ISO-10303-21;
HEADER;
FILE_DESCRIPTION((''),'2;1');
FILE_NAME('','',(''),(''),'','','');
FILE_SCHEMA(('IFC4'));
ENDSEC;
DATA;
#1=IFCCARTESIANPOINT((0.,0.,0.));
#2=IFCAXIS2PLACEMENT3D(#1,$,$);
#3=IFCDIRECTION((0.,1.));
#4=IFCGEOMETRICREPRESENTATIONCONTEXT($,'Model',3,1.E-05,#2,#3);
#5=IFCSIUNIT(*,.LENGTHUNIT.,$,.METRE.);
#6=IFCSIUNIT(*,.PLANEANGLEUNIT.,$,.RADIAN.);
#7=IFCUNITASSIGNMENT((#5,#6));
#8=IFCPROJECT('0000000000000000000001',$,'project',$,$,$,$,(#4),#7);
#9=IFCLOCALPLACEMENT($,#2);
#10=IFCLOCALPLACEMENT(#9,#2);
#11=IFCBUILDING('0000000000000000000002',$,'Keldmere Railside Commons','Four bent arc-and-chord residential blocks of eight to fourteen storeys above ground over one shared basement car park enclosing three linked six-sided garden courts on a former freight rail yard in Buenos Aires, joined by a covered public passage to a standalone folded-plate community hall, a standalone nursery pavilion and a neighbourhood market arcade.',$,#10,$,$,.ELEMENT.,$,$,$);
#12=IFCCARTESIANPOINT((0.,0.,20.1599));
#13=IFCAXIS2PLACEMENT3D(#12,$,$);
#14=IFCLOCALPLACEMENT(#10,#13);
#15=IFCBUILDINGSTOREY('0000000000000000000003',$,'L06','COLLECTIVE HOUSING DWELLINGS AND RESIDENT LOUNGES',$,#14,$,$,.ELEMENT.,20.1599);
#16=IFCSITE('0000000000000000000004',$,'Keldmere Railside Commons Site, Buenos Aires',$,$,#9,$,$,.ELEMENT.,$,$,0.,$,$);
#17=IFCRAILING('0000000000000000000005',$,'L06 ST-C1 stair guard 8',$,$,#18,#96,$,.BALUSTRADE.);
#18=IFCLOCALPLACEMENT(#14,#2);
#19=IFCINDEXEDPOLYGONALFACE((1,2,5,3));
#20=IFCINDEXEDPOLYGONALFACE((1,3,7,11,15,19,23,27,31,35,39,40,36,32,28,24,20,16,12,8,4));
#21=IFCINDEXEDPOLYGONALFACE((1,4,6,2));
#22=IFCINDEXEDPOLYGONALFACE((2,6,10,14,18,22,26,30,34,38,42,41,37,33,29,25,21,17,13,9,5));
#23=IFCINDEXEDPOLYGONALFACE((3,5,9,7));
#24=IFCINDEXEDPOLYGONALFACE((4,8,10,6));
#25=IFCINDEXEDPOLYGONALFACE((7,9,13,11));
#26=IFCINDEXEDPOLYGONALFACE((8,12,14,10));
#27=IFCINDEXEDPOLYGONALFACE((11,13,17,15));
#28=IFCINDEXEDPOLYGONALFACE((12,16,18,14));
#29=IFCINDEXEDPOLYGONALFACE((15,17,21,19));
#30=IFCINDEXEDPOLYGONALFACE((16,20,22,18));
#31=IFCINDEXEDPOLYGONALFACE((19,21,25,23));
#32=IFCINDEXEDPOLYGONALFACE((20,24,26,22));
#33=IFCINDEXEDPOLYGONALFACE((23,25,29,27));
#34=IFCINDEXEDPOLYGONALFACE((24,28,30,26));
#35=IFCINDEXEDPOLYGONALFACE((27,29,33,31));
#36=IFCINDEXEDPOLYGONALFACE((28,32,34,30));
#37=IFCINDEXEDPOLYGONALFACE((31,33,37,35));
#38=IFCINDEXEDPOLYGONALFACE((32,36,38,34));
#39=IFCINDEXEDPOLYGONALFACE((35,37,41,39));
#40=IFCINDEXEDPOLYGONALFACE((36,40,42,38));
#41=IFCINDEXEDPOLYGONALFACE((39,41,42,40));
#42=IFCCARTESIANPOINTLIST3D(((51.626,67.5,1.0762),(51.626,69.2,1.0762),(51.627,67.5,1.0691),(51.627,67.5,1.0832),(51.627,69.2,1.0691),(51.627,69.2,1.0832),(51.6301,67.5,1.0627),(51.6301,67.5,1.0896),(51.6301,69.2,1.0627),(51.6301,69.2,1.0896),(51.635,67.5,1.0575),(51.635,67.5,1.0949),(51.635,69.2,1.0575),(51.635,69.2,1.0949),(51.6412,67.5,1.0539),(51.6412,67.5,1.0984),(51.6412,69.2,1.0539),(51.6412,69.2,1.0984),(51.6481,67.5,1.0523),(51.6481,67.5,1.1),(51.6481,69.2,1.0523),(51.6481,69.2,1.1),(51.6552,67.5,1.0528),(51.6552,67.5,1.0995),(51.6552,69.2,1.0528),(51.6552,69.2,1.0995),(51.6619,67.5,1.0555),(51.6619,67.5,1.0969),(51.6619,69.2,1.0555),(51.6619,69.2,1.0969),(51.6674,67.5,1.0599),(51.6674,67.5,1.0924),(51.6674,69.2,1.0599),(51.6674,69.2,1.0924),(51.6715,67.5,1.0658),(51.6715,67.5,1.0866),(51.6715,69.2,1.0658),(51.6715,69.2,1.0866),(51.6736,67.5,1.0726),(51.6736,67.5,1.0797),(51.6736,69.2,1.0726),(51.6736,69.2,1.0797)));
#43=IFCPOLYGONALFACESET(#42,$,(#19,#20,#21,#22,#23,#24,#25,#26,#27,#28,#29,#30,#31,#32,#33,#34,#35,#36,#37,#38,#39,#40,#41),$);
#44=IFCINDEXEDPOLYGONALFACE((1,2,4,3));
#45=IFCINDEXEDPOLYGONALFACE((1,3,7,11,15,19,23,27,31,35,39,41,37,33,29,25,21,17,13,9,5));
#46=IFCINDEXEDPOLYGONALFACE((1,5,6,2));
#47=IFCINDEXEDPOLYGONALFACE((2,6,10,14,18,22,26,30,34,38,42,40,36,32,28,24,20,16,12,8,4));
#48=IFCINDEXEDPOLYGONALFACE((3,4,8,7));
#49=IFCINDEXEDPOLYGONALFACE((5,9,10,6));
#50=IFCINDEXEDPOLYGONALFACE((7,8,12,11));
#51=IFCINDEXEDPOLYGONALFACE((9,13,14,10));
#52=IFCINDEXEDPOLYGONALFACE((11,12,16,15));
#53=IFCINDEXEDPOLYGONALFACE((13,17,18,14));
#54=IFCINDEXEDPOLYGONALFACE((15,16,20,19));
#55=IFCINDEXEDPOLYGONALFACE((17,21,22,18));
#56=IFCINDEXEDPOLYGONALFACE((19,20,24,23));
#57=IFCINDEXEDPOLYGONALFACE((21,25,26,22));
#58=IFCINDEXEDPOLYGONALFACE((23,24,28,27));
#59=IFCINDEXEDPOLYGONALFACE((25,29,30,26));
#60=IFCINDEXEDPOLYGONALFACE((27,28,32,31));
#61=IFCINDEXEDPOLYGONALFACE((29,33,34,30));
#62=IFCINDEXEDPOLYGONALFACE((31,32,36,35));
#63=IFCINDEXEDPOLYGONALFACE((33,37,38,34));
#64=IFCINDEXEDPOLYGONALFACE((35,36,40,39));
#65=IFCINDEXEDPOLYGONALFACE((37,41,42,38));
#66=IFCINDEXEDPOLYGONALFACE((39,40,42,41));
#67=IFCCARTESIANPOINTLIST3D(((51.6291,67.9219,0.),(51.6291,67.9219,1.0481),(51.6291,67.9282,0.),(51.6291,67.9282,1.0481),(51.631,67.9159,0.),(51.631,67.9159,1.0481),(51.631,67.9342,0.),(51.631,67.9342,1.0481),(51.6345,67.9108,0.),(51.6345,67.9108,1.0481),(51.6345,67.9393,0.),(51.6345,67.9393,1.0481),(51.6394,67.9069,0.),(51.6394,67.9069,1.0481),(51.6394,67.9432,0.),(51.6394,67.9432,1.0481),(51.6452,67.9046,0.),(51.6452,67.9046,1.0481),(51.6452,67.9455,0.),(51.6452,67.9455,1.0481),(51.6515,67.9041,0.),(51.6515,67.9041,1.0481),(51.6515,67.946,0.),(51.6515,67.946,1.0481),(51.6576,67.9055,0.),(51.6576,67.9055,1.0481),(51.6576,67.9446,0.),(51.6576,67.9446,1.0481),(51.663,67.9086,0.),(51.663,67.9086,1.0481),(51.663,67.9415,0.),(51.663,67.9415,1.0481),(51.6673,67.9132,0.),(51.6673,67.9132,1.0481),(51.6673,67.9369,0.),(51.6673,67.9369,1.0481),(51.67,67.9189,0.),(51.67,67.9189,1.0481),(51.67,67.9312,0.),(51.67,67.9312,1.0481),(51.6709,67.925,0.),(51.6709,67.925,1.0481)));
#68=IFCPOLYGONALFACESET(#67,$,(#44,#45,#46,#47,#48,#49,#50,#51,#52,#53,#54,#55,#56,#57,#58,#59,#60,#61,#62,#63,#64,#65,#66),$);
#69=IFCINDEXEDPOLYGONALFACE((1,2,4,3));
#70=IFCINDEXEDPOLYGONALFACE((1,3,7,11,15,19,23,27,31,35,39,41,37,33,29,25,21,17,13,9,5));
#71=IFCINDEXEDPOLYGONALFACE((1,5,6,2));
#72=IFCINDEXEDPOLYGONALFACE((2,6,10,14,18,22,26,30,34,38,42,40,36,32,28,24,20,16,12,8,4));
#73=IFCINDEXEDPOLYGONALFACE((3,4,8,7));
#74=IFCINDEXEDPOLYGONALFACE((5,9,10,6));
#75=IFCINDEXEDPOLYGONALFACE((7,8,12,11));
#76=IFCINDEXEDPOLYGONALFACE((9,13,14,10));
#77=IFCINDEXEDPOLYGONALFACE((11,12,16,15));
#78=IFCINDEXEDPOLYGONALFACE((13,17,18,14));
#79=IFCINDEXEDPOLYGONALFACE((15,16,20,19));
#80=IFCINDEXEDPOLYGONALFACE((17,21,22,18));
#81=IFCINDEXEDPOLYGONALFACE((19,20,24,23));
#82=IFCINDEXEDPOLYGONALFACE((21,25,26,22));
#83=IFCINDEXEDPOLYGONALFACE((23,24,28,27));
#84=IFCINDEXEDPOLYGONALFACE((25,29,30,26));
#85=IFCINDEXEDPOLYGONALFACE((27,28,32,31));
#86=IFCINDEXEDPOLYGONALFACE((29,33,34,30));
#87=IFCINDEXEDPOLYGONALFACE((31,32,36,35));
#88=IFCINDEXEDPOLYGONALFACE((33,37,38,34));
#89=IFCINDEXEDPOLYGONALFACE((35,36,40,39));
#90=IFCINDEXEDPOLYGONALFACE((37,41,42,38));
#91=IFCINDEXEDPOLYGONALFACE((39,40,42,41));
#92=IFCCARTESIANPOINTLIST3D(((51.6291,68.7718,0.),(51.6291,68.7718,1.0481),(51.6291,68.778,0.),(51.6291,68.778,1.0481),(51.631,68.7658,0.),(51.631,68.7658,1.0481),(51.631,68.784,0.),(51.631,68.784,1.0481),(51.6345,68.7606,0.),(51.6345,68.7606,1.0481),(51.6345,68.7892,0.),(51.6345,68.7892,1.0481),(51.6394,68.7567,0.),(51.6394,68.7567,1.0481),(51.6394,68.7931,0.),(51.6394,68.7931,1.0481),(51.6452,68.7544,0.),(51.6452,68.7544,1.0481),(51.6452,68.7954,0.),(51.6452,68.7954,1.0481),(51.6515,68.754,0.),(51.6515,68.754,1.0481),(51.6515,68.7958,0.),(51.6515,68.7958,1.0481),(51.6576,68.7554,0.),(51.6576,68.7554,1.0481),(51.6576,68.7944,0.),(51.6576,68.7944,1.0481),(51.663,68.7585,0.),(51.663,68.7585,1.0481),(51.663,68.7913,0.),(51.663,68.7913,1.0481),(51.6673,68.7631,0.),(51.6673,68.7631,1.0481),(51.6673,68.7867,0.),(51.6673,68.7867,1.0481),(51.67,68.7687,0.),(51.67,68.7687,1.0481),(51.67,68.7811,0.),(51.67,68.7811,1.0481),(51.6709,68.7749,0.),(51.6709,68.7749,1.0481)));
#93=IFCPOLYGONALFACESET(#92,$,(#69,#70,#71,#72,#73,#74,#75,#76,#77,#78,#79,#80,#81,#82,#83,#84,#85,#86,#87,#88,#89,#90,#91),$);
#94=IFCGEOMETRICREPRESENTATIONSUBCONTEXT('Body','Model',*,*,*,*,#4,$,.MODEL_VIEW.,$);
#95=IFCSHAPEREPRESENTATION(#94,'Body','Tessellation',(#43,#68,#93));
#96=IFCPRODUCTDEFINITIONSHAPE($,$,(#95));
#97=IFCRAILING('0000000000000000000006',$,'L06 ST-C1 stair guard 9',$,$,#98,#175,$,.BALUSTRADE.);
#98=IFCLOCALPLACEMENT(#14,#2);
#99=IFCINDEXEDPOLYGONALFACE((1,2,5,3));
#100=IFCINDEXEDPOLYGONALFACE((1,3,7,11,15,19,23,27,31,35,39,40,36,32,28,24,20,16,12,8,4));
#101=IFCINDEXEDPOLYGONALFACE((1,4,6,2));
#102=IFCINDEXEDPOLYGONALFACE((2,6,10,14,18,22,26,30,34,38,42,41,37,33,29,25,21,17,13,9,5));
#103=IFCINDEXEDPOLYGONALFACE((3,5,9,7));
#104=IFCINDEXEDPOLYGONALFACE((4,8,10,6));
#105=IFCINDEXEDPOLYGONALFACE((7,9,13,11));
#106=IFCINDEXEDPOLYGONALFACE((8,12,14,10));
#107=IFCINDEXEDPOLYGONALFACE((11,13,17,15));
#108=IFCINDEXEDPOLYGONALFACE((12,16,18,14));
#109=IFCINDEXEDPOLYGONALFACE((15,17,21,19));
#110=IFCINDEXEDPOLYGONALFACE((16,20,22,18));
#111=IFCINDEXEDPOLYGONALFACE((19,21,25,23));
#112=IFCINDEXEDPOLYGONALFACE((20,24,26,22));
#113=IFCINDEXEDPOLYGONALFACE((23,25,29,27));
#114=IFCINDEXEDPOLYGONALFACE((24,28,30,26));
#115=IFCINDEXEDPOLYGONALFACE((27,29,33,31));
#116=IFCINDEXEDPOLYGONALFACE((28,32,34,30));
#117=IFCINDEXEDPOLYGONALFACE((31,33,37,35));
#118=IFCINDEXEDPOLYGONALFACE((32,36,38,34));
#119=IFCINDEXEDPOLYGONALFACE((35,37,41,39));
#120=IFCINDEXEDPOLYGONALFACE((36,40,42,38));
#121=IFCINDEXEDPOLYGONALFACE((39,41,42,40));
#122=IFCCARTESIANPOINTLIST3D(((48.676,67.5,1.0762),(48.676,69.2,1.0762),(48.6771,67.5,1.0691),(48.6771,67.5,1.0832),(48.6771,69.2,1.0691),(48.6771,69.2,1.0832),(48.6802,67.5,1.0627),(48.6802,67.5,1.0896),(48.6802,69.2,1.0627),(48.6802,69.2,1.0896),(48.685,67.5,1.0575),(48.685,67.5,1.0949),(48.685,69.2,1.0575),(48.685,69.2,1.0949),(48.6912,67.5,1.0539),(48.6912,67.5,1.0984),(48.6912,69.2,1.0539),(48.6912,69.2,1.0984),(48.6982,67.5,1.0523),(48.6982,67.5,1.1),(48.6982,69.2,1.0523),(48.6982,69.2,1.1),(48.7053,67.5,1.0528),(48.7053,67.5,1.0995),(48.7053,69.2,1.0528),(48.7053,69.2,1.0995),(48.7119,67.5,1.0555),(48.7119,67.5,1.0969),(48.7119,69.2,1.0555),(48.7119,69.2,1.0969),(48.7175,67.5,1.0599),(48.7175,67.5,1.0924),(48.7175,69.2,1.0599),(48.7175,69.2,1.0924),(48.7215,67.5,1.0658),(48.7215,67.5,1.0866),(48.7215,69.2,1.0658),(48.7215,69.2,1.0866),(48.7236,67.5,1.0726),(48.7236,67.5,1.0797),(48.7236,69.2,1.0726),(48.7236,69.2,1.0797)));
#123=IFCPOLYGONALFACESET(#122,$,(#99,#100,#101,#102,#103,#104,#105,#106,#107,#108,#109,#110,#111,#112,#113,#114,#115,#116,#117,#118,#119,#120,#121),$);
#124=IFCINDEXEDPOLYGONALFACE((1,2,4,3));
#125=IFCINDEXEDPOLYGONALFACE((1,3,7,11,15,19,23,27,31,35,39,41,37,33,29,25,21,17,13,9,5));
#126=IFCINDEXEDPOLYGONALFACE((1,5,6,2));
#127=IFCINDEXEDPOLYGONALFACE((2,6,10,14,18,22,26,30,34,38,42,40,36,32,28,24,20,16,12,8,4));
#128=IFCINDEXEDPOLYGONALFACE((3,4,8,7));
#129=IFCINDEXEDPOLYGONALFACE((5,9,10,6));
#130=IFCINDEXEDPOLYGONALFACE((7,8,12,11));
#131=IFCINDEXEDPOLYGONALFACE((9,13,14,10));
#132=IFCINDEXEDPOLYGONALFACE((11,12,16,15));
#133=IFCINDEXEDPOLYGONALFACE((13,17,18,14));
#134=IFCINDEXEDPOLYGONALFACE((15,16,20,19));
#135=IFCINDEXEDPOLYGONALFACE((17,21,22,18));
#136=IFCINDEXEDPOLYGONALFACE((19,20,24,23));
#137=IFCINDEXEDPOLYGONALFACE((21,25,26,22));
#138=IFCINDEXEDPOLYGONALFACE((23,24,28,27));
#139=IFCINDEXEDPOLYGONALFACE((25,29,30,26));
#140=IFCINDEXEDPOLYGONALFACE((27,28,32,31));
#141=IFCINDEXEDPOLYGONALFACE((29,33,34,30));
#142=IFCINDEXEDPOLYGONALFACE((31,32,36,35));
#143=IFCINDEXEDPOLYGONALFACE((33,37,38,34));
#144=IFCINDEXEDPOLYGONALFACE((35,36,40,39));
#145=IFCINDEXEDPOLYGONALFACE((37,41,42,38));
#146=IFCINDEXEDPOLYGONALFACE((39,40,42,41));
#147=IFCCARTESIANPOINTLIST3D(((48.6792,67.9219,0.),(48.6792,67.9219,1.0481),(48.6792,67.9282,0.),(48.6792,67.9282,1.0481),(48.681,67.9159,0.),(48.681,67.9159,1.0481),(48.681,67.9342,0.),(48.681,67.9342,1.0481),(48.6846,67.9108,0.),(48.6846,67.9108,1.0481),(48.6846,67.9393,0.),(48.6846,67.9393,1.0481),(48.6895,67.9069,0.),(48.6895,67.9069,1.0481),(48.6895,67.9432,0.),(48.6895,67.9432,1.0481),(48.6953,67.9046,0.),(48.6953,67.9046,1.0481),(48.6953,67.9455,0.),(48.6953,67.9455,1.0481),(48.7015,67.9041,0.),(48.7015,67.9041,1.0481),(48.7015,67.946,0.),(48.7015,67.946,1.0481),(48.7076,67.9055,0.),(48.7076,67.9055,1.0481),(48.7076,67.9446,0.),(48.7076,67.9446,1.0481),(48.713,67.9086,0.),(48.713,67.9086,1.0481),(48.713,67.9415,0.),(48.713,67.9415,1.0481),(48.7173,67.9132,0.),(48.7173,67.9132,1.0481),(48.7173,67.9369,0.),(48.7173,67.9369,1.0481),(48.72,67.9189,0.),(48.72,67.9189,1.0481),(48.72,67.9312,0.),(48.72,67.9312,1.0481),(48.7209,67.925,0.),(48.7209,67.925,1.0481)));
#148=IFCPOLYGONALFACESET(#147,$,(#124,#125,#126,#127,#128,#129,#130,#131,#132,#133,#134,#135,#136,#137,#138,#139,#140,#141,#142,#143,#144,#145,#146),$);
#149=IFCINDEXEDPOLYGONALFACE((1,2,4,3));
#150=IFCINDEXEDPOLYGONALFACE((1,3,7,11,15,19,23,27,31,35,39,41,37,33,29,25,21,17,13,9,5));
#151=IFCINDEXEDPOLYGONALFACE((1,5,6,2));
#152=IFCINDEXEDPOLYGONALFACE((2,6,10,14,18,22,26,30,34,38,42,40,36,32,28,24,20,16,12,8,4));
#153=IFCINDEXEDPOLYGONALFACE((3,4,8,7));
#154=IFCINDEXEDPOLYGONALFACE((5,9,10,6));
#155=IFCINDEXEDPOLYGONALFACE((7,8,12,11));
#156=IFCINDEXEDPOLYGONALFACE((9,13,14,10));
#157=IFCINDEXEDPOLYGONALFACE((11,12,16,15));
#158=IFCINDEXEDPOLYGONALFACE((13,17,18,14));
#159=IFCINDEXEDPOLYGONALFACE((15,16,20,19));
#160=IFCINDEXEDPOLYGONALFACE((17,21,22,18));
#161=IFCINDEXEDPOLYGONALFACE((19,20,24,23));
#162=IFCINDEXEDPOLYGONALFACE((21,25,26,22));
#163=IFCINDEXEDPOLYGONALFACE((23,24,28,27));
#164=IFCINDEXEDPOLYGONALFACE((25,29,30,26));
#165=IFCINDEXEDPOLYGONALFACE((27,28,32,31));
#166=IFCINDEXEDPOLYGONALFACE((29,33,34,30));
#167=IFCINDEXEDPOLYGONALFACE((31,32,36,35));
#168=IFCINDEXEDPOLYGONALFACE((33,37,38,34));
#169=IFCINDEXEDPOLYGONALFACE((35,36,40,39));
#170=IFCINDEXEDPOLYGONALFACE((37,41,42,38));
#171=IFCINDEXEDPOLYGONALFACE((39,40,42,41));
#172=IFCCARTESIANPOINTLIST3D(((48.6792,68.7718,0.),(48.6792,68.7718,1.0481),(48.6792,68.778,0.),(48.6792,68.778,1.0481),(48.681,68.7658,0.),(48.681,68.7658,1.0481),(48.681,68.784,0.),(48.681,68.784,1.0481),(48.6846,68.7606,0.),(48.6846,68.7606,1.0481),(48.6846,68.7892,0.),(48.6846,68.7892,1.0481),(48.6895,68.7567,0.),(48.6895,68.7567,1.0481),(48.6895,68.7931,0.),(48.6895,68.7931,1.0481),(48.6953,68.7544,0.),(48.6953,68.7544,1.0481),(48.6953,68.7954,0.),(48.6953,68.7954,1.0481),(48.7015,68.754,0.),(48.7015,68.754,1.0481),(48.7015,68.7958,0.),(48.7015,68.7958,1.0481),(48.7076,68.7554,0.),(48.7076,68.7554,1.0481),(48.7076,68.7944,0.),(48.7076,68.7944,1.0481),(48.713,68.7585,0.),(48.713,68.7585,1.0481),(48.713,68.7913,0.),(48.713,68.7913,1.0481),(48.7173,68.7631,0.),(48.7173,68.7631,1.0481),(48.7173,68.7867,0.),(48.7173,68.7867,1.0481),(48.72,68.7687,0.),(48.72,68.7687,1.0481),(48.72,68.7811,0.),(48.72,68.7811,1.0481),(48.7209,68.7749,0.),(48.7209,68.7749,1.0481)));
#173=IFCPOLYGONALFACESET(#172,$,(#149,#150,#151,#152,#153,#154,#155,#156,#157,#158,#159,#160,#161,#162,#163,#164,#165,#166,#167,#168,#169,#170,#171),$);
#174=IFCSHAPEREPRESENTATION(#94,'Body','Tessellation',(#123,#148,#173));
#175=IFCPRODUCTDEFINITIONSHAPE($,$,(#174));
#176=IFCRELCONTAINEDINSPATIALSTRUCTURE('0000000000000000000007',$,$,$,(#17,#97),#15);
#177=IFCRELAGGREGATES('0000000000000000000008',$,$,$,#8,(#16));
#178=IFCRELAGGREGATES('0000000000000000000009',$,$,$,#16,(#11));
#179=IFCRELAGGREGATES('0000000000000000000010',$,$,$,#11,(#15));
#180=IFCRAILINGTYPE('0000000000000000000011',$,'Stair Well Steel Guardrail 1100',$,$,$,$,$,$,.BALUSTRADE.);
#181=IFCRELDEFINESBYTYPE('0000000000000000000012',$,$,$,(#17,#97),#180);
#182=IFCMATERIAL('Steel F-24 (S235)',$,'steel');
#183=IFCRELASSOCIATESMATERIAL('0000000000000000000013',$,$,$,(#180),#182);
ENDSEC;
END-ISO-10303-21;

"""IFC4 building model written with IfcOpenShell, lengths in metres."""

from ifc_helpers import new_model, si_unit, direction, frame, origin, origin_2d, place, context, subcontext, project, spatial, circle, extrude, material, type_object, element, save


model = new_model("IFC4")

# Units and contexts
model_context = context("Model", 3, precision=1e-05, world=origin(), true_north=direction((0.0, 1.0)))
body_context = subcontext(model_context, "Body", "Model", "MODEL_VIEW")
ifc_project = project(units=[si_unit("LENGTHUNIT", "METRE"), si_unit("PLANEANGLEUNIT", "RADIAN")], contexts=[model_context])

# Site, building, storey
site_placement = place(None, origin())
site = spatial("IfcSite", under=ifc_project, at=site_placement, Name="Keldmere Railside Commons Site, Buenos Aires", CompositionType="ELEMENT", RefElevation=0.0)
building_placement = place(site_placement, origin())
building = spatial("IfcBuilding", under=site, at=building_placement, Name="Keldmere Railside Commons", Description="Four bent arc-and-chord residential blocks of eight to fourteen storeys above ground over one shared basement car park enclosing three linked six-sided garden courts on a former freight rail yard in Buenos Aires, joined by a covered public passage to a standalone folded-plate community hall, a standalone nursery pavilion and a neighbourhood market arcade.", CompositionType="ELEMENT")
storey_placement = place(building_placement, frame((0.0, 0.0, 20.1599)))
storey = spatial("IfcBuildingStorey", under=building, at=storey_placement, Name="L06", Description="COLLECTIVE HOUSING DWELLINGS AND RESIDENT LOUNGES", CompositionType="ELEMENT", Elevation=20.1599)

# Shared definitions
ifc_material_1 = material(Name="Steel F-24 (S235)", Category="steel")

# Railings
railing_type_1 = type_object("IfcRailingType", Name="Stair Well Steel Guardrail 1100", PredefinedType="BALUSTRADE", material=ifc_material_1)
for number, where, name in (
    (1, (51.6499, 67.5, 0.0), "L06 ST-C1 stair guard 8"),
    (2, (48.7, 67.5, 0.0), "L06 ST-C1 stair guard 9"),
):
    element("IfcRailing", number, at=place(storey_placement, frame(where)), inside=storey, type_object=railing_type_1, Name=name, PredefinedType="BALUSTRADE", context=body_context, shape_type="SweptSolid", body=[
        extrude(circle(Radius=0.0239, at=origin_2d()), frame((0.0, 0.0, 1.0762), z_axis=(0.0, 1.0, 0.0), x_axis=(-1.0, 0.0, 0.0)), (0.0, 0.0, 1.0), 1.7),
        extrude(circle(Radius=0.021, at=origin_2d()), frame((0.0, 0.425, 0.0)), (0.0, 0.0, 1.0), 1.0481),
        extrude(circle(Radius=0.021, at=origin_2d()), frame((0.0, 1.2749, 0.0)), (0.0, 0.0, 1.0), 1.0481),
    ])

save(model, "model.ifc")
